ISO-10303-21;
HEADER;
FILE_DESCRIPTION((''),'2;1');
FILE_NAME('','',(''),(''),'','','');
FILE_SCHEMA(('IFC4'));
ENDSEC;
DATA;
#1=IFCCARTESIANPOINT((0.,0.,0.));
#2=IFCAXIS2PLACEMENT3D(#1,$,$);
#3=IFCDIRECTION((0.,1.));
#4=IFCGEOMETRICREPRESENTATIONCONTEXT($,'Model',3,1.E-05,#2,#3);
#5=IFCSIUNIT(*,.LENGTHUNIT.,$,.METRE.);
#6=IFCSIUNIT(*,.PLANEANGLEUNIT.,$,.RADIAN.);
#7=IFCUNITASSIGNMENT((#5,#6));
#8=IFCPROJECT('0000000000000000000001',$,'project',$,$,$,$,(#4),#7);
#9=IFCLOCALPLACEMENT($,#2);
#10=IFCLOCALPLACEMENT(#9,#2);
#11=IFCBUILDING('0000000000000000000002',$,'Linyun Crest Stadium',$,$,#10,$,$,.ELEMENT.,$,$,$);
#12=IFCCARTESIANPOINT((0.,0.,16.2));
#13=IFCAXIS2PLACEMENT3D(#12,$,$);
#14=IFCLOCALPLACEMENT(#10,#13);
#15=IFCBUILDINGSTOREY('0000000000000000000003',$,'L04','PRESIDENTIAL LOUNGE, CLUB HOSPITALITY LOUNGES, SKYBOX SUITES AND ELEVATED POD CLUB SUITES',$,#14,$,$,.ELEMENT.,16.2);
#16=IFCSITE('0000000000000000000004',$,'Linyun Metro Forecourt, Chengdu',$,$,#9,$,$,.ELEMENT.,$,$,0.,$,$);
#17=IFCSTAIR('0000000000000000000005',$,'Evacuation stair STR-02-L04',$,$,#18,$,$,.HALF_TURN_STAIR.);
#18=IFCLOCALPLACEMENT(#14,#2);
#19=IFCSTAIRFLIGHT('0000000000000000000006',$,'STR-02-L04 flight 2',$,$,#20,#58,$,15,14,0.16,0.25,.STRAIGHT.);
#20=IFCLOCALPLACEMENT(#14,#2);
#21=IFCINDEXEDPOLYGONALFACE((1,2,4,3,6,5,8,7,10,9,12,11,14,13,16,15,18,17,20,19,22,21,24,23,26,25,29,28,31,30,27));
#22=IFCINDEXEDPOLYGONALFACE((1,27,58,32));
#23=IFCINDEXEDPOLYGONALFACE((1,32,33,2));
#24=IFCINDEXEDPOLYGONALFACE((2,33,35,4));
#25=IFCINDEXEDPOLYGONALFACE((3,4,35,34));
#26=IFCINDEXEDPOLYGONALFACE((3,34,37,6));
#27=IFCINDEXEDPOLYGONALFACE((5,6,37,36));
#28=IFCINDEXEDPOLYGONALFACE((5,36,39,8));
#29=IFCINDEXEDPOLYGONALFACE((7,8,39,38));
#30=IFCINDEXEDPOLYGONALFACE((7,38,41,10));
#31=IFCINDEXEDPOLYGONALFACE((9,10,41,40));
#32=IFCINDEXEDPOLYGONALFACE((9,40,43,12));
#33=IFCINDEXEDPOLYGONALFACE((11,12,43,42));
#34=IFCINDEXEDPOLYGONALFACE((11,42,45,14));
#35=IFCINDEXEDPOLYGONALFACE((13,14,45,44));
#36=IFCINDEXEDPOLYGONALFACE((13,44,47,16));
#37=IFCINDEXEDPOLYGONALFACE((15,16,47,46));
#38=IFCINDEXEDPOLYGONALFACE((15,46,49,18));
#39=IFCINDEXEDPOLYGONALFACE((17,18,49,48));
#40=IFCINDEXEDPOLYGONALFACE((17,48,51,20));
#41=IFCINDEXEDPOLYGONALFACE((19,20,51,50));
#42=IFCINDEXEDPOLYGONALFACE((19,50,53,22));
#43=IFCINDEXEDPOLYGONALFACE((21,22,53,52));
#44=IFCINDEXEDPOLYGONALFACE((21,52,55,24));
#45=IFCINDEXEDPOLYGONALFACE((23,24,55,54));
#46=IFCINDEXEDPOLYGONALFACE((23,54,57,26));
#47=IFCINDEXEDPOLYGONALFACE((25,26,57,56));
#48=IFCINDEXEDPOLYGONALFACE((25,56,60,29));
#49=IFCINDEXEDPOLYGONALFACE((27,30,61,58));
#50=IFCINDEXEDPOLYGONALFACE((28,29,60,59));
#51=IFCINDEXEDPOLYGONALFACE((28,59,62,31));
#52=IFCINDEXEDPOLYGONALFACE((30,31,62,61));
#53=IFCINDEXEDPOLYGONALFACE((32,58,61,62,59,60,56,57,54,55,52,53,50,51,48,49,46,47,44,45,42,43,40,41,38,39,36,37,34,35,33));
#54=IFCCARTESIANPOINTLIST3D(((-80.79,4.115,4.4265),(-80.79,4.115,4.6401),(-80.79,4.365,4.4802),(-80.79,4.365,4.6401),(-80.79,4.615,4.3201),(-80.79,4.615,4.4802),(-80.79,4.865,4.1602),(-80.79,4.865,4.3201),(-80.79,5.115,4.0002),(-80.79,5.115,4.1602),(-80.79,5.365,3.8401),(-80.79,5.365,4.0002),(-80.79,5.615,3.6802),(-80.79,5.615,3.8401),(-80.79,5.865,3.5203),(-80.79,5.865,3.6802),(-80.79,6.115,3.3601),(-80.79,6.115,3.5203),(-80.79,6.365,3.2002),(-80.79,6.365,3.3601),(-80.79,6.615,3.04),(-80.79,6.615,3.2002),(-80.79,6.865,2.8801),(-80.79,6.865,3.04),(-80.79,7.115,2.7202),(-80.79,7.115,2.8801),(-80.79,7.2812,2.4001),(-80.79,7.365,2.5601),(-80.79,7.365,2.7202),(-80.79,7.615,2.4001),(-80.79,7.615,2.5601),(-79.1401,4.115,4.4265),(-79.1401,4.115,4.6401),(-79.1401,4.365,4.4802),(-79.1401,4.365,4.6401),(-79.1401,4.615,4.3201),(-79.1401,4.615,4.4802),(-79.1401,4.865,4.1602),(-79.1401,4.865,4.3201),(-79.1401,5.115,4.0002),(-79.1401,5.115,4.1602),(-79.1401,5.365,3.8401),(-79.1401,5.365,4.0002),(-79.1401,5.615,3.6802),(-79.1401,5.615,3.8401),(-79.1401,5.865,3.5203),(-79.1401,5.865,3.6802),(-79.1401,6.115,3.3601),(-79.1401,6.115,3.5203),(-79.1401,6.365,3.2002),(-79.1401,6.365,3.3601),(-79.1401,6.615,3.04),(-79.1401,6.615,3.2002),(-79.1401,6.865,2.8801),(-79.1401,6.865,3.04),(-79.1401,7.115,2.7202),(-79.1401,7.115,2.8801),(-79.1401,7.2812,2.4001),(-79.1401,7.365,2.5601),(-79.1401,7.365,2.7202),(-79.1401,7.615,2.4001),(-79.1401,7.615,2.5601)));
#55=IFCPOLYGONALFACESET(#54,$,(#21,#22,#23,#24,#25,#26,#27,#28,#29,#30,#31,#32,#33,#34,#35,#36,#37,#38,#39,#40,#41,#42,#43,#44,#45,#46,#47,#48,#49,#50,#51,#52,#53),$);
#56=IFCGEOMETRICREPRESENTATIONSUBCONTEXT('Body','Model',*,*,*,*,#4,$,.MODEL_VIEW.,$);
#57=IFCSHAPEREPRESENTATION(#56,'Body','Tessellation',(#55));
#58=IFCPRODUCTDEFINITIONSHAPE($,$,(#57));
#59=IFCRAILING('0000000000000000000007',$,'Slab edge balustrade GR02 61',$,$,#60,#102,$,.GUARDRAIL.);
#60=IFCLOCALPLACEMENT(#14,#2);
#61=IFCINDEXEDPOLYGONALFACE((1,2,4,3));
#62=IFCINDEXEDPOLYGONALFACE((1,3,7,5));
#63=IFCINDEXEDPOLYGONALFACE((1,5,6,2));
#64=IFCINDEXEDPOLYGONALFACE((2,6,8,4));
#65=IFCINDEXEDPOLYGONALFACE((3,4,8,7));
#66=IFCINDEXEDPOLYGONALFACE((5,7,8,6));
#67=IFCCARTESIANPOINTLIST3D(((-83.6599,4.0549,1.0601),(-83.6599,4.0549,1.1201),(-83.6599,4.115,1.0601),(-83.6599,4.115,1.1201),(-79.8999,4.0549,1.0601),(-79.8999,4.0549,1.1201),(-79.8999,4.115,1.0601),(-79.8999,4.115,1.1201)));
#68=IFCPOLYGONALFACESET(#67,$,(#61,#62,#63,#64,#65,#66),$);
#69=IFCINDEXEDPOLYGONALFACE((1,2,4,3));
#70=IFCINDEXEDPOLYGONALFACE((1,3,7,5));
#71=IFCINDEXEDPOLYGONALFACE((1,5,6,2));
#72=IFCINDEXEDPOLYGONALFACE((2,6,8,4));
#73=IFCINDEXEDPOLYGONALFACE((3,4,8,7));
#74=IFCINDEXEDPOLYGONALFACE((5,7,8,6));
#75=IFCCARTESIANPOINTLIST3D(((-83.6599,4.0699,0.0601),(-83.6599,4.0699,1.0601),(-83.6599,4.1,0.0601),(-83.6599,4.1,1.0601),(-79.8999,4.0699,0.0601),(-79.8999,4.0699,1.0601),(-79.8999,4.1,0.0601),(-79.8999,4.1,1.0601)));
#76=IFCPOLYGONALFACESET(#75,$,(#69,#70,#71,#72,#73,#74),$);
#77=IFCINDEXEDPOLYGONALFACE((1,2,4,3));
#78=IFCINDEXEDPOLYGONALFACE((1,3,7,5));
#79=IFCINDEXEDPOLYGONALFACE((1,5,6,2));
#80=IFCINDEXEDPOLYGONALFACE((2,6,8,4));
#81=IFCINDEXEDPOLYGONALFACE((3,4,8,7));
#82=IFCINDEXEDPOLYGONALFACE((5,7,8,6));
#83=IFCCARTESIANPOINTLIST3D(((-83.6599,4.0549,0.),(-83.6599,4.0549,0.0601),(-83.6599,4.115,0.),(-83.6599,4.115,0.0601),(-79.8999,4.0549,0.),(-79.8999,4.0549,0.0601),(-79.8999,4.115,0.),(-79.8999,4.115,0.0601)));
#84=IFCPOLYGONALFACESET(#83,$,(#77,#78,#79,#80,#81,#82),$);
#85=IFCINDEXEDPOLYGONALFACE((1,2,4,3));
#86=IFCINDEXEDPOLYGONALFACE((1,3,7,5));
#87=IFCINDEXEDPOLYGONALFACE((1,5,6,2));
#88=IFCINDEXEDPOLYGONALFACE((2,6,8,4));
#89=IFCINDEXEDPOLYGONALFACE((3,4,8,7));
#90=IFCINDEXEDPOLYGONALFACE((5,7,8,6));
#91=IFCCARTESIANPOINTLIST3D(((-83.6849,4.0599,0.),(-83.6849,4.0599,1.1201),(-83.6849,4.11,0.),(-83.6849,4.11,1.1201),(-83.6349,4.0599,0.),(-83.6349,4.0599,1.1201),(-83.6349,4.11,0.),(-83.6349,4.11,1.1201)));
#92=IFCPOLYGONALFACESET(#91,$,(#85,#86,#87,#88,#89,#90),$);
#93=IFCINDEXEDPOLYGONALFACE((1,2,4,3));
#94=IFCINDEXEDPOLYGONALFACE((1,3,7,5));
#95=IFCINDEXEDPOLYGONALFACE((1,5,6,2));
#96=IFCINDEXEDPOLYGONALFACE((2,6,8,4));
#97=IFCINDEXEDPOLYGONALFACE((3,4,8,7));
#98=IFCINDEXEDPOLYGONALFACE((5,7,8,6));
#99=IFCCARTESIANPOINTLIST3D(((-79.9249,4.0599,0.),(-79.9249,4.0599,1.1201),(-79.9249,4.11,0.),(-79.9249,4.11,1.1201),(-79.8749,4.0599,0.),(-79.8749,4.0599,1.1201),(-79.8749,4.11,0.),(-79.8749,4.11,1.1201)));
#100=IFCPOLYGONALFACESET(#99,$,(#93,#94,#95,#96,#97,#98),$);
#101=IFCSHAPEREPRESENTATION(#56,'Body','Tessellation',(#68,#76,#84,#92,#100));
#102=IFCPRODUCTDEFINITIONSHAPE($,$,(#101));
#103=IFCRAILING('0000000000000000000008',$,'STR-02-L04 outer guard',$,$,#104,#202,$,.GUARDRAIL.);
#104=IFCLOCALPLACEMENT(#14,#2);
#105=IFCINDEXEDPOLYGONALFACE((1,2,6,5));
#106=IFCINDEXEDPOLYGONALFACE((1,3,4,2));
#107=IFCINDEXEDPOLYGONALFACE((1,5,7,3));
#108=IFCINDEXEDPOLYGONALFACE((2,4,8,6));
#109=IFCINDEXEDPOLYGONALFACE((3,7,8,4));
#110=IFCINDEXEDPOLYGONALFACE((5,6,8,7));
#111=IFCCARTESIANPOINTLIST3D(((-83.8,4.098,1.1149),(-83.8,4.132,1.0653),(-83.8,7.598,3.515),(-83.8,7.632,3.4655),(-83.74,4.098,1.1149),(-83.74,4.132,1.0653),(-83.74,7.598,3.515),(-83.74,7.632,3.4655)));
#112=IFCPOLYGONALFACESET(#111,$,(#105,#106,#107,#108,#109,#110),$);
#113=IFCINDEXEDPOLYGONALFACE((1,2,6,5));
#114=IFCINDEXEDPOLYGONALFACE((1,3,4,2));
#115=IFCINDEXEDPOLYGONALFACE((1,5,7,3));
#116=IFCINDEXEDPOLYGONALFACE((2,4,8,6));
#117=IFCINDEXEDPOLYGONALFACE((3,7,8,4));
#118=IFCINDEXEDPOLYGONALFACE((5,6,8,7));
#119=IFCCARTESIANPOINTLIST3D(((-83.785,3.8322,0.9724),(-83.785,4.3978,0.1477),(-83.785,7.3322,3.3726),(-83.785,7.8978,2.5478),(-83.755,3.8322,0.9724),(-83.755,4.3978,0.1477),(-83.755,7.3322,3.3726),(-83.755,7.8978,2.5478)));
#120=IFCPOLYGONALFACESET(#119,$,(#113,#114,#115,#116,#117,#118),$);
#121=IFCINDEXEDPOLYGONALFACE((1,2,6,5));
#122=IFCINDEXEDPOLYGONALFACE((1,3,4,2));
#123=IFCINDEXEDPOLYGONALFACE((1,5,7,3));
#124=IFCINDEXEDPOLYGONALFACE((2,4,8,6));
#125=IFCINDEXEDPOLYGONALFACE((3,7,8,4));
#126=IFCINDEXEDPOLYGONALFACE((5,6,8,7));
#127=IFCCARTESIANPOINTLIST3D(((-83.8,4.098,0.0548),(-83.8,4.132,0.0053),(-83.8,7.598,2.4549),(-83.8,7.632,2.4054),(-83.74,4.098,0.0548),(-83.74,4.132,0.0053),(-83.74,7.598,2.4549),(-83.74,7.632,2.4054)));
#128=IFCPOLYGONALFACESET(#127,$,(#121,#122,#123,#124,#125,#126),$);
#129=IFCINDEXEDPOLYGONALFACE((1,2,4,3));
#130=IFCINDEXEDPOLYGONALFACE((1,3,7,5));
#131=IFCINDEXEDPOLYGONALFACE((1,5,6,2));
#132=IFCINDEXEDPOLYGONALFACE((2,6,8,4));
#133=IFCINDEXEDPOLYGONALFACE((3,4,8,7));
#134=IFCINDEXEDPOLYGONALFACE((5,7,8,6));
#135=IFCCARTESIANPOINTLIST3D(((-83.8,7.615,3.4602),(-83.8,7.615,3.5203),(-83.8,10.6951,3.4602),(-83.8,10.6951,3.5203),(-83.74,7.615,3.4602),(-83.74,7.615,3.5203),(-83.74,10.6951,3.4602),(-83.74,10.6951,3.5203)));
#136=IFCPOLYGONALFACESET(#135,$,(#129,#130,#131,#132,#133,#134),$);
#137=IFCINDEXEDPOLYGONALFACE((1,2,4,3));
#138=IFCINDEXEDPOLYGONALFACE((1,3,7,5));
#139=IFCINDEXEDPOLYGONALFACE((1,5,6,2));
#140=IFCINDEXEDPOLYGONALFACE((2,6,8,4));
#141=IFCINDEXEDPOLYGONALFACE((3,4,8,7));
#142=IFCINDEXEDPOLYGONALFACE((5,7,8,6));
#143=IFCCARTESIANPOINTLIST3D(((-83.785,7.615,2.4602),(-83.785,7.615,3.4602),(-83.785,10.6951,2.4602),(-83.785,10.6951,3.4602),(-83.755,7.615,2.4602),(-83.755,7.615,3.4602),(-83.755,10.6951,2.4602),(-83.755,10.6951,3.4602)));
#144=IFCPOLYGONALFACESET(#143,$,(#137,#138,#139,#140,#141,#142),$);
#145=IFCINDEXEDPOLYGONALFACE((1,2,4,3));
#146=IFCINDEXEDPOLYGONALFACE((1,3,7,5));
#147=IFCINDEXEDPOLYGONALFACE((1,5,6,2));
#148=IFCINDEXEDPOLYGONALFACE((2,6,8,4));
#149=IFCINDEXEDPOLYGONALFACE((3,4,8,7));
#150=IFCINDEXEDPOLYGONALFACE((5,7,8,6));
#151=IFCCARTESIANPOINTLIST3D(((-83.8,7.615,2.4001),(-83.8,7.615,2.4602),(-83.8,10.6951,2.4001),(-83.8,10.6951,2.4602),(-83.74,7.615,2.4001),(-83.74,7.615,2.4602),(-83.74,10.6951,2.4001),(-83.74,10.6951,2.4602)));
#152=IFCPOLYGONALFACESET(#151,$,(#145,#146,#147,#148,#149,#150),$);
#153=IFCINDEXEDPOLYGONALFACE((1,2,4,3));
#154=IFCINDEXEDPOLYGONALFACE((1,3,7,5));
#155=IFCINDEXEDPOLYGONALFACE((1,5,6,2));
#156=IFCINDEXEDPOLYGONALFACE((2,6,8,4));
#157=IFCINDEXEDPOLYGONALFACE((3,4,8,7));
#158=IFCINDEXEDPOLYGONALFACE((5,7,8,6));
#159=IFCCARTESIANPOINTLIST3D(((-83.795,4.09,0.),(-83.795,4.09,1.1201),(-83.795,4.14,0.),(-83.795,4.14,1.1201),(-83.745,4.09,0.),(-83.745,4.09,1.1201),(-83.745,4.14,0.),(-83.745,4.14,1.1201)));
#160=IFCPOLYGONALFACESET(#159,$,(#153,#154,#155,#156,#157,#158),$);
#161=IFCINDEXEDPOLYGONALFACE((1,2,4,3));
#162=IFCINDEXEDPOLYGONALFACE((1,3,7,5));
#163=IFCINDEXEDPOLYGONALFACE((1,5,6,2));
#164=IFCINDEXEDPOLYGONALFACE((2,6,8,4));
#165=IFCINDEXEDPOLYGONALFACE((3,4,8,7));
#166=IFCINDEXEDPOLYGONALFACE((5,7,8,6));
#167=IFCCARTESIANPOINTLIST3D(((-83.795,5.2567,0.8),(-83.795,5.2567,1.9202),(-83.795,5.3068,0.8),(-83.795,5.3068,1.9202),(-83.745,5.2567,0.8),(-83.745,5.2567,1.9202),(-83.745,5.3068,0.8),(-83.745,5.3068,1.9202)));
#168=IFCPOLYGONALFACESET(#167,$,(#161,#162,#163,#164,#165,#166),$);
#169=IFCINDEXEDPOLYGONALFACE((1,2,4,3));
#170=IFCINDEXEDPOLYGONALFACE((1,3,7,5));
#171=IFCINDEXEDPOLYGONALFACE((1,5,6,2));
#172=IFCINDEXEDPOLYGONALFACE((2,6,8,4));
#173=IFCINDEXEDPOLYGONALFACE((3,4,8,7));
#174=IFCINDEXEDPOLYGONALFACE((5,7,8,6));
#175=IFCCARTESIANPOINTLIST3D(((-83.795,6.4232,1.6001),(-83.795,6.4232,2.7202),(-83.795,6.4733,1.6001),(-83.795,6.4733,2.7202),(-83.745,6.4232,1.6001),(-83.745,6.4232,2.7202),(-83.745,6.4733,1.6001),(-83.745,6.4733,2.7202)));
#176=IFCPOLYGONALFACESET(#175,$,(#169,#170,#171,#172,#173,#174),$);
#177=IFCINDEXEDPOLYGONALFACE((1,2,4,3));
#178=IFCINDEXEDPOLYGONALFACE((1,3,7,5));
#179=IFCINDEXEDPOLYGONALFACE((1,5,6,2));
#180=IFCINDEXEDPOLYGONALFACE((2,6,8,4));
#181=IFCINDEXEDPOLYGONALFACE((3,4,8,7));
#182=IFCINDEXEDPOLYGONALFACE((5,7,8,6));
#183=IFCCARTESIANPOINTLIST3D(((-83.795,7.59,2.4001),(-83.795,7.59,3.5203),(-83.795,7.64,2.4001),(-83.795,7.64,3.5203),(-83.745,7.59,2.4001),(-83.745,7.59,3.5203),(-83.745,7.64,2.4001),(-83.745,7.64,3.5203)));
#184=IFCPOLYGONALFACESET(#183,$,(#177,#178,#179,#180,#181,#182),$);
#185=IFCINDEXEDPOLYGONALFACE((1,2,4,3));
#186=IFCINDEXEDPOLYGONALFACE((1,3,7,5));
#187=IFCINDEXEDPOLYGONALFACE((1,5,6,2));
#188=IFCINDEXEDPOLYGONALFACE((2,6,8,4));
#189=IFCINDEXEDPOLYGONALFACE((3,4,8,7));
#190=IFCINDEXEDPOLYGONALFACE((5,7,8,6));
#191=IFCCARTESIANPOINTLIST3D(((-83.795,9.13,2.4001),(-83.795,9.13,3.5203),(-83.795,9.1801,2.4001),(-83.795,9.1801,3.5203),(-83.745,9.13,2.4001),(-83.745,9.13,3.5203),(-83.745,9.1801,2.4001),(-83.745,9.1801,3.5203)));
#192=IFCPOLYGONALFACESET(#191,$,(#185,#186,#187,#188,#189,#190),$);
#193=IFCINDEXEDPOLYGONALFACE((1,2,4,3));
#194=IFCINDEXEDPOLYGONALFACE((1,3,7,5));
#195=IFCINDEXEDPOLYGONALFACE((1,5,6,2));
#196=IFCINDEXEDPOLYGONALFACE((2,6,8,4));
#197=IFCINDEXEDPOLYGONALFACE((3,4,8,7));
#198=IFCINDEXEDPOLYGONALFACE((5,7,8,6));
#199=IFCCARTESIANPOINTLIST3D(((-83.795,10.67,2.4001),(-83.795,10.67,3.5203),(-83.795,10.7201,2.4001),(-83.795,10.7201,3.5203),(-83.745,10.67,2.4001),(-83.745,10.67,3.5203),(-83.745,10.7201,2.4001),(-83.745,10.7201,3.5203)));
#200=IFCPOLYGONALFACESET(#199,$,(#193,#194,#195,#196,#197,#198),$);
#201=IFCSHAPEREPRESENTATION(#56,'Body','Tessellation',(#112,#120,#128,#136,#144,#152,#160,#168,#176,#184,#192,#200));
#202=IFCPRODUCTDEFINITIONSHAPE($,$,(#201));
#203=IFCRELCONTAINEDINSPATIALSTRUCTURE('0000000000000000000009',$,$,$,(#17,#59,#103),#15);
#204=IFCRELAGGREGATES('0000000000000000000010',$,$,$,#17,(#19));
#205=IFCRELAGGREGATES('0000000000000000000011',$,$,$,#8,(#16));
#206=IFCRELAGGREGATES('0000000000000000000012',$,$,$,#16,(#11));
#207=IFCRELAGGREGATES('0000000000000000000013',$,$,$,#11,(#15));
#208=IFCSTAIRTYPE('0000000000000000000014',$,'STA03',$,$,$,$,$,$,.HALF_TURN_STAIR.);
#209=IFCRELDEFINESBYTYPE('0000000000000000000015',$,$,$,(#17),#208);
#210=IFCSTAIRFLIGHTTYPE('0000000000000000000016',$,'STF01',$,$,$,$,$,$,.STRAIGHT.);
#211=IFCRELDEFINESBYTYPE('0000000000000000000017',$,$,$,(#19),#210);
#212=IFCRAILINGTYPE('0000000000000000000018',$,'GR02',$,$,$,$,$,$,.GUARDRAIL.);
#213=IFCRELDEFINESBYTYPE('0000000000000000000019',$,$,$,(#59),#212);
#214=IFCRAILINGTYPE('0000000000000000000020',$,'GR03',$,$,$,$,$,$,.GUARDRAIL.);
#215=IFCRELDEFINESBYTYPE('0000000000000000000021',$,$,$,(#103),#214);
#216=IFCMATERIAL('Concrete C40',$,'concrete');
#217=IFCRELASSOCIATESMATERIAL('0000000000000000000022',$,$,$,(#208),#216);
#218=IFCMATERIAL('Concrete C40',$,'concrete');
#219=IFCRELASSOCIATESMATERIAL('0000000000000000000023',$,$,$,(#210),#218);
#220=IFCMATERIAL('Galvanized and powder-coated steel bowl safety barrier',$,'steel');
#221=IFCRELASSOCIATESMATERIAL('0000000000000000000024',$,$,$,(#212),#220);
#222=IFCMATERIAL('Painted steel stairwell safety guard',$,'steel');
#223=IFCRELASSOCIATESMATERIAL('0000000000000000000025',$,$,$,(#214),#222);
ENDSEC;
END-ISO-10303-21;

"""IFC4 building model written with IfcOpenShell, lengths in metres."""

from ifc_helpers import new_model, si_unit, direction, frame, origin, origin_2d, place, context, subcontext, project, spatial, polyline, rectangle, outline, extrude, material, type_object, element, aggregate, save


model = new_model("IFC4")

# Units and contexts
model_context = context("Model", 3, precision=1e-05, world=origin(), true_north=direction((0.0, 1.0)))
body_context = subcontext(model_context, "Body", "Model", "MODEL_VIEW")
ifc_project = project(units=[si_unit("LENGTHUNIT", "METRE"), si_unit("PLANEANGLEUNIT", "RADIAN")], contexts=[model_context])

# Site, building, storey
site_placement = place(None, origin())
site = spatial("IfcSite", under=ifc_project, at=site_placement, Name="Linyun Metro Forecourt, Chengdu", CompositionType="ELEMENT", RefElevation=0.0)
building_placement = place(site_placement, origin())
building = spatial("IfcBuilding", under=site, at=building_placement, Name="Linyun Crest Stadium", CompositionType="ELEMENT")
storey_placement = place(building_placement, frame((0.0, 0.0, 16.2)))
storey = spatial("IfcBuildingStorey", under=building, at=storey_placement, Name="L04", Description="PRESIDENTIAL LOUNGE, CLUB HOSPITALITY LOUNGES, SKYBOX SUITES AND ELEVATED POD CLUB SUITES", CompositionType="ELEMENT", Elevation=16.2)

# Stair, stair flight
ifc_material_1 = material(Name="Concrete C40", Category="concrete")
stair_type = type_object("IfcStairType", Name="STA03", PredefinedType="HALF_TURN_STAIR", material=ifc_material_1)
stair_placement = place(storey_placement, origin())
stair = element("IfcStair", 1, at=stair_placement, inside=storey, type_object=stair_type, Name="Evacuation stair STR-02-L04", PredefinedType="HALF_TURN_STAIR")
ifc_material_2 = material(Name="Concrete C40", Category="concrete")
stair_flight_type = type_object("IfcStairFlightType", Name="STF01", PredefinedType="STRAIGHT", material=ifc_material_2)
stair_flight_1_placement = place(storey_placement, frame((-79.9651, 7.615, 2.4001), z_axis=(0.0, 0.0, 1.0), x_axis=(0.0, -1.0, 0.0)))
stair_flight_1 = element("IfcStairFlight", 2, at=stair_flight_1_placement, type_object=stair_flight_type, Name="STR-02-L04 flight 2", NumberOfRisers=15, NumberOfTreads=14, PredefinedType="STRAIGHT", RiserHeight=0.16, TreadLength=0.25, context=body_context, shape_type="SweptSolid", body=[
    extrude(outline(polyline([(0.0, 0.0), (0.0, 0.1599), (0.25, 0.1599), (0.25, 0.3201), (0.5, 0.3201), (0.5, 0.48), (0.75, 0.48), (0.75, 0.6399), (1.0, 0.6399), (1.0, 0.8), (1.25, 0.8), (1.25, 0.96), (1.5, 0.96), (1.5, 1.1201), (1.75, 1.1201), (1.75, 1.28), (2.0, 1.28), (2.0, 1.4399), (2.25, 1.4399), (2.25, 1.6001), (2.5, 1.6001), (2.5, 1.76), (2.75, 1.76), (2.75, 1.9199), (3.0, 1.9199), (3.0, 2.0801), (3.25, 2.0801), (3.25, 2.24), (3.5, 2.24), (3.5, 2.3999), (3.5, 2.0264), (0.3337, 0.0), (0.0, 0.0)])), frame((0.0, 0.825, 0.0), z_axis=(0.0, -1.0, 0.0), x_axis=(1.0, 0.0, 0.0)), (0.0, 0.0, 1.0), 1.6499),
])
aggregate(stair, [stair_flight_1])

# Railings
ifc_material_3 = material(Name="Galvanized and powder-coated steel bowl safety barrier", Category="steel")
railing_type_1 = type_object("IfcRailingType", Name="GR02", PredefinedType="GUARDRAIL", material=ifc_material_3)
railing_1_placement = place(storey_placement, frame((-83.6599, 4.085, 0.0)))
element("IfcRailing", 3, at=railing_1_placement, inside=storey, type_object=railing_type_1, Name="Slab edge balustrade GR02 61", PredefinedType="GUARDRAIL", context=body_context, shape_type="SweptSolid", body=[
    extrude(rectangle(XDim=0.0601, YDim=0.0601, at=origin_2d()), frame((0.0, 0.0, 1.0901), z_axis=(1.0, 0.0, 0.0), x_axis=(0.0, 1.0, 0.0)), (0.0, 0.0, 1.0), 3.76),
    extrude(rectangle(XDim=0.03, YDim=1.0, at=origin_2d()), frame((0.0, 0.0, 0.5601), z_axis=(1.0, 0.0, 0.0), x_axis=(0.0, 1.0, 0.0)), (0.0, 0.0, 1.0), 3.76),
    extrude(rectangle(XDim=0.0601, YDim=0.0601, at=origin_2d()), frame((0.0, 0.0, 0.03), z_axis=(1.0, 0.0, 0.0), x_axis=(0.0, 1.0, 0.0)), (0.0, 0.0, 1.0), 3.76),
    extrude(rectangle(XDim=0.05, YDim=0.05, at=origin_2d()), origin(), (0.0, 0.0, 1.0), 1.1201),
    extrude(rectangle(XDim=0.05, YDim=0.05, at=origin_2d()), frame((3.76, 0.0, 0.0)), (0.0, 0.0, 1.0), 1.1201),
])
ifc_material_4 = material(Name="Painted steel stairwell safety guard", Category="steel")
railing_type_2 = type_object("IfcRailingType", Name="GR03", PredefinedType="GUARDRAIL", material=ifc_material_4)
railing_2_placement = place(storey_placement, frame((-83.77, 4.115, 0.0)))
element("IfcRailing", 4, at=railing_2_placement, inside=storey, type_object=railing_type_2, Name="STR-02-L04 outer guard", PredefinedType="GUARDRAIL", context=body_context, shape_type="SweptSolid", body=[
    extrude(rectangle(XDim=0.0601, YDim=0.0601, at=origin_2d()), frame((0.0, 0.0, 1.0901), z_axis=(0.0, 0.824713, 0.565552), x_axis=(-1.0, 0.0, 0.0)), (0.0, 0.0, 1.0), 4.2439),
    extrude(rectangle(XDim=0.03, YDim=1.0, at=origin_2d()), frame((0.0, 0.0, 0.5601), z_axis=(0.0, 0.824713, 0.565552), x_axis=(-1.0, 0.0, 0.0)), (0.0, 0.0, 1.0), 4.2439),
    extrude(rectangle(XDim=0.0601, YDim=0.0601, at=origin_2d()), frame((0.0, 0.0, 0.03), z_axis=(0.0, 0.824713, 0.565552), x_axis=(-1.0, 0.0, 0.0)), (0.0, 0.0, 1.0), 4.2439),
    extrude(rectangle(XDim=0.0601, YDim=0.0601, at=origin_2d()), frame((0.0, 3.5, 3.4902), z_axis=(0.0, 1.0, 0.0), x_axis=(-1.0, 0.0, 0.0)), (0.0, 0.0, 1.0), 3.0801),
    extrude(rectangle(XDim=0.03, YDim=1.0, at=origin_2d()), frame((0.0, 3.5, 2.9602), z_axis=(0.0, 1.0, 0.0), x_axis=(-1.0, 0.0, 0.0)), (0.0, 0.0, 1.0), 3.0801),
    extrude(rectangle(XDim=0.0601, YDim=0.0601, at=origin_2d()), frame((0.0, 3.5, 2.4302), z_axis=(0.0, 1.0, 0.0), x_axis=(-1.0, 0.0, 0.0)), (0.0, 0.0, 1.0), 3.0801),
    extrude(rectangle(XDim=0.05, YDim=0.05, at=origin_2d()), origin(), (0.0, 0.0, 1.0), 1.1201),
    extrude(rectangle(XDim=0.05, YDim=0.05, at=origin_2d()), frame((0.0, 1.1667, 0.8)), (0.0, 0.0, 1.0), 1.1201),
    extrude(rectangle(XDim=0.05, YDim=0.05, at=origin_2d()), frame((0.0, 2.3333, 1.6001)), (0.0, 0.0, 1.0), 1.1201),
    extrude(rectangle(XDim=0.05, YDim=0.05, at=origin_2d()), frame((0.0, 3.5, 2.4001)), (0.0, 0.0, 1.0), 1.1201),
    extrude(rectangle(XDim=0.05, YDim=0.05, at=origin_2d()), frame((0.0, 5.04, 2.4001)), (0.0, 0.0, 1.0), 1.1201),
    extrude(rectangle(XDim=0.05, YDim=0.05, at=origin_2d()), frame((0.0, 6.5801, 2.4001)), (0.0, 0.0, 1.0), 1.1201),
])

save(model, "model.ifc")
